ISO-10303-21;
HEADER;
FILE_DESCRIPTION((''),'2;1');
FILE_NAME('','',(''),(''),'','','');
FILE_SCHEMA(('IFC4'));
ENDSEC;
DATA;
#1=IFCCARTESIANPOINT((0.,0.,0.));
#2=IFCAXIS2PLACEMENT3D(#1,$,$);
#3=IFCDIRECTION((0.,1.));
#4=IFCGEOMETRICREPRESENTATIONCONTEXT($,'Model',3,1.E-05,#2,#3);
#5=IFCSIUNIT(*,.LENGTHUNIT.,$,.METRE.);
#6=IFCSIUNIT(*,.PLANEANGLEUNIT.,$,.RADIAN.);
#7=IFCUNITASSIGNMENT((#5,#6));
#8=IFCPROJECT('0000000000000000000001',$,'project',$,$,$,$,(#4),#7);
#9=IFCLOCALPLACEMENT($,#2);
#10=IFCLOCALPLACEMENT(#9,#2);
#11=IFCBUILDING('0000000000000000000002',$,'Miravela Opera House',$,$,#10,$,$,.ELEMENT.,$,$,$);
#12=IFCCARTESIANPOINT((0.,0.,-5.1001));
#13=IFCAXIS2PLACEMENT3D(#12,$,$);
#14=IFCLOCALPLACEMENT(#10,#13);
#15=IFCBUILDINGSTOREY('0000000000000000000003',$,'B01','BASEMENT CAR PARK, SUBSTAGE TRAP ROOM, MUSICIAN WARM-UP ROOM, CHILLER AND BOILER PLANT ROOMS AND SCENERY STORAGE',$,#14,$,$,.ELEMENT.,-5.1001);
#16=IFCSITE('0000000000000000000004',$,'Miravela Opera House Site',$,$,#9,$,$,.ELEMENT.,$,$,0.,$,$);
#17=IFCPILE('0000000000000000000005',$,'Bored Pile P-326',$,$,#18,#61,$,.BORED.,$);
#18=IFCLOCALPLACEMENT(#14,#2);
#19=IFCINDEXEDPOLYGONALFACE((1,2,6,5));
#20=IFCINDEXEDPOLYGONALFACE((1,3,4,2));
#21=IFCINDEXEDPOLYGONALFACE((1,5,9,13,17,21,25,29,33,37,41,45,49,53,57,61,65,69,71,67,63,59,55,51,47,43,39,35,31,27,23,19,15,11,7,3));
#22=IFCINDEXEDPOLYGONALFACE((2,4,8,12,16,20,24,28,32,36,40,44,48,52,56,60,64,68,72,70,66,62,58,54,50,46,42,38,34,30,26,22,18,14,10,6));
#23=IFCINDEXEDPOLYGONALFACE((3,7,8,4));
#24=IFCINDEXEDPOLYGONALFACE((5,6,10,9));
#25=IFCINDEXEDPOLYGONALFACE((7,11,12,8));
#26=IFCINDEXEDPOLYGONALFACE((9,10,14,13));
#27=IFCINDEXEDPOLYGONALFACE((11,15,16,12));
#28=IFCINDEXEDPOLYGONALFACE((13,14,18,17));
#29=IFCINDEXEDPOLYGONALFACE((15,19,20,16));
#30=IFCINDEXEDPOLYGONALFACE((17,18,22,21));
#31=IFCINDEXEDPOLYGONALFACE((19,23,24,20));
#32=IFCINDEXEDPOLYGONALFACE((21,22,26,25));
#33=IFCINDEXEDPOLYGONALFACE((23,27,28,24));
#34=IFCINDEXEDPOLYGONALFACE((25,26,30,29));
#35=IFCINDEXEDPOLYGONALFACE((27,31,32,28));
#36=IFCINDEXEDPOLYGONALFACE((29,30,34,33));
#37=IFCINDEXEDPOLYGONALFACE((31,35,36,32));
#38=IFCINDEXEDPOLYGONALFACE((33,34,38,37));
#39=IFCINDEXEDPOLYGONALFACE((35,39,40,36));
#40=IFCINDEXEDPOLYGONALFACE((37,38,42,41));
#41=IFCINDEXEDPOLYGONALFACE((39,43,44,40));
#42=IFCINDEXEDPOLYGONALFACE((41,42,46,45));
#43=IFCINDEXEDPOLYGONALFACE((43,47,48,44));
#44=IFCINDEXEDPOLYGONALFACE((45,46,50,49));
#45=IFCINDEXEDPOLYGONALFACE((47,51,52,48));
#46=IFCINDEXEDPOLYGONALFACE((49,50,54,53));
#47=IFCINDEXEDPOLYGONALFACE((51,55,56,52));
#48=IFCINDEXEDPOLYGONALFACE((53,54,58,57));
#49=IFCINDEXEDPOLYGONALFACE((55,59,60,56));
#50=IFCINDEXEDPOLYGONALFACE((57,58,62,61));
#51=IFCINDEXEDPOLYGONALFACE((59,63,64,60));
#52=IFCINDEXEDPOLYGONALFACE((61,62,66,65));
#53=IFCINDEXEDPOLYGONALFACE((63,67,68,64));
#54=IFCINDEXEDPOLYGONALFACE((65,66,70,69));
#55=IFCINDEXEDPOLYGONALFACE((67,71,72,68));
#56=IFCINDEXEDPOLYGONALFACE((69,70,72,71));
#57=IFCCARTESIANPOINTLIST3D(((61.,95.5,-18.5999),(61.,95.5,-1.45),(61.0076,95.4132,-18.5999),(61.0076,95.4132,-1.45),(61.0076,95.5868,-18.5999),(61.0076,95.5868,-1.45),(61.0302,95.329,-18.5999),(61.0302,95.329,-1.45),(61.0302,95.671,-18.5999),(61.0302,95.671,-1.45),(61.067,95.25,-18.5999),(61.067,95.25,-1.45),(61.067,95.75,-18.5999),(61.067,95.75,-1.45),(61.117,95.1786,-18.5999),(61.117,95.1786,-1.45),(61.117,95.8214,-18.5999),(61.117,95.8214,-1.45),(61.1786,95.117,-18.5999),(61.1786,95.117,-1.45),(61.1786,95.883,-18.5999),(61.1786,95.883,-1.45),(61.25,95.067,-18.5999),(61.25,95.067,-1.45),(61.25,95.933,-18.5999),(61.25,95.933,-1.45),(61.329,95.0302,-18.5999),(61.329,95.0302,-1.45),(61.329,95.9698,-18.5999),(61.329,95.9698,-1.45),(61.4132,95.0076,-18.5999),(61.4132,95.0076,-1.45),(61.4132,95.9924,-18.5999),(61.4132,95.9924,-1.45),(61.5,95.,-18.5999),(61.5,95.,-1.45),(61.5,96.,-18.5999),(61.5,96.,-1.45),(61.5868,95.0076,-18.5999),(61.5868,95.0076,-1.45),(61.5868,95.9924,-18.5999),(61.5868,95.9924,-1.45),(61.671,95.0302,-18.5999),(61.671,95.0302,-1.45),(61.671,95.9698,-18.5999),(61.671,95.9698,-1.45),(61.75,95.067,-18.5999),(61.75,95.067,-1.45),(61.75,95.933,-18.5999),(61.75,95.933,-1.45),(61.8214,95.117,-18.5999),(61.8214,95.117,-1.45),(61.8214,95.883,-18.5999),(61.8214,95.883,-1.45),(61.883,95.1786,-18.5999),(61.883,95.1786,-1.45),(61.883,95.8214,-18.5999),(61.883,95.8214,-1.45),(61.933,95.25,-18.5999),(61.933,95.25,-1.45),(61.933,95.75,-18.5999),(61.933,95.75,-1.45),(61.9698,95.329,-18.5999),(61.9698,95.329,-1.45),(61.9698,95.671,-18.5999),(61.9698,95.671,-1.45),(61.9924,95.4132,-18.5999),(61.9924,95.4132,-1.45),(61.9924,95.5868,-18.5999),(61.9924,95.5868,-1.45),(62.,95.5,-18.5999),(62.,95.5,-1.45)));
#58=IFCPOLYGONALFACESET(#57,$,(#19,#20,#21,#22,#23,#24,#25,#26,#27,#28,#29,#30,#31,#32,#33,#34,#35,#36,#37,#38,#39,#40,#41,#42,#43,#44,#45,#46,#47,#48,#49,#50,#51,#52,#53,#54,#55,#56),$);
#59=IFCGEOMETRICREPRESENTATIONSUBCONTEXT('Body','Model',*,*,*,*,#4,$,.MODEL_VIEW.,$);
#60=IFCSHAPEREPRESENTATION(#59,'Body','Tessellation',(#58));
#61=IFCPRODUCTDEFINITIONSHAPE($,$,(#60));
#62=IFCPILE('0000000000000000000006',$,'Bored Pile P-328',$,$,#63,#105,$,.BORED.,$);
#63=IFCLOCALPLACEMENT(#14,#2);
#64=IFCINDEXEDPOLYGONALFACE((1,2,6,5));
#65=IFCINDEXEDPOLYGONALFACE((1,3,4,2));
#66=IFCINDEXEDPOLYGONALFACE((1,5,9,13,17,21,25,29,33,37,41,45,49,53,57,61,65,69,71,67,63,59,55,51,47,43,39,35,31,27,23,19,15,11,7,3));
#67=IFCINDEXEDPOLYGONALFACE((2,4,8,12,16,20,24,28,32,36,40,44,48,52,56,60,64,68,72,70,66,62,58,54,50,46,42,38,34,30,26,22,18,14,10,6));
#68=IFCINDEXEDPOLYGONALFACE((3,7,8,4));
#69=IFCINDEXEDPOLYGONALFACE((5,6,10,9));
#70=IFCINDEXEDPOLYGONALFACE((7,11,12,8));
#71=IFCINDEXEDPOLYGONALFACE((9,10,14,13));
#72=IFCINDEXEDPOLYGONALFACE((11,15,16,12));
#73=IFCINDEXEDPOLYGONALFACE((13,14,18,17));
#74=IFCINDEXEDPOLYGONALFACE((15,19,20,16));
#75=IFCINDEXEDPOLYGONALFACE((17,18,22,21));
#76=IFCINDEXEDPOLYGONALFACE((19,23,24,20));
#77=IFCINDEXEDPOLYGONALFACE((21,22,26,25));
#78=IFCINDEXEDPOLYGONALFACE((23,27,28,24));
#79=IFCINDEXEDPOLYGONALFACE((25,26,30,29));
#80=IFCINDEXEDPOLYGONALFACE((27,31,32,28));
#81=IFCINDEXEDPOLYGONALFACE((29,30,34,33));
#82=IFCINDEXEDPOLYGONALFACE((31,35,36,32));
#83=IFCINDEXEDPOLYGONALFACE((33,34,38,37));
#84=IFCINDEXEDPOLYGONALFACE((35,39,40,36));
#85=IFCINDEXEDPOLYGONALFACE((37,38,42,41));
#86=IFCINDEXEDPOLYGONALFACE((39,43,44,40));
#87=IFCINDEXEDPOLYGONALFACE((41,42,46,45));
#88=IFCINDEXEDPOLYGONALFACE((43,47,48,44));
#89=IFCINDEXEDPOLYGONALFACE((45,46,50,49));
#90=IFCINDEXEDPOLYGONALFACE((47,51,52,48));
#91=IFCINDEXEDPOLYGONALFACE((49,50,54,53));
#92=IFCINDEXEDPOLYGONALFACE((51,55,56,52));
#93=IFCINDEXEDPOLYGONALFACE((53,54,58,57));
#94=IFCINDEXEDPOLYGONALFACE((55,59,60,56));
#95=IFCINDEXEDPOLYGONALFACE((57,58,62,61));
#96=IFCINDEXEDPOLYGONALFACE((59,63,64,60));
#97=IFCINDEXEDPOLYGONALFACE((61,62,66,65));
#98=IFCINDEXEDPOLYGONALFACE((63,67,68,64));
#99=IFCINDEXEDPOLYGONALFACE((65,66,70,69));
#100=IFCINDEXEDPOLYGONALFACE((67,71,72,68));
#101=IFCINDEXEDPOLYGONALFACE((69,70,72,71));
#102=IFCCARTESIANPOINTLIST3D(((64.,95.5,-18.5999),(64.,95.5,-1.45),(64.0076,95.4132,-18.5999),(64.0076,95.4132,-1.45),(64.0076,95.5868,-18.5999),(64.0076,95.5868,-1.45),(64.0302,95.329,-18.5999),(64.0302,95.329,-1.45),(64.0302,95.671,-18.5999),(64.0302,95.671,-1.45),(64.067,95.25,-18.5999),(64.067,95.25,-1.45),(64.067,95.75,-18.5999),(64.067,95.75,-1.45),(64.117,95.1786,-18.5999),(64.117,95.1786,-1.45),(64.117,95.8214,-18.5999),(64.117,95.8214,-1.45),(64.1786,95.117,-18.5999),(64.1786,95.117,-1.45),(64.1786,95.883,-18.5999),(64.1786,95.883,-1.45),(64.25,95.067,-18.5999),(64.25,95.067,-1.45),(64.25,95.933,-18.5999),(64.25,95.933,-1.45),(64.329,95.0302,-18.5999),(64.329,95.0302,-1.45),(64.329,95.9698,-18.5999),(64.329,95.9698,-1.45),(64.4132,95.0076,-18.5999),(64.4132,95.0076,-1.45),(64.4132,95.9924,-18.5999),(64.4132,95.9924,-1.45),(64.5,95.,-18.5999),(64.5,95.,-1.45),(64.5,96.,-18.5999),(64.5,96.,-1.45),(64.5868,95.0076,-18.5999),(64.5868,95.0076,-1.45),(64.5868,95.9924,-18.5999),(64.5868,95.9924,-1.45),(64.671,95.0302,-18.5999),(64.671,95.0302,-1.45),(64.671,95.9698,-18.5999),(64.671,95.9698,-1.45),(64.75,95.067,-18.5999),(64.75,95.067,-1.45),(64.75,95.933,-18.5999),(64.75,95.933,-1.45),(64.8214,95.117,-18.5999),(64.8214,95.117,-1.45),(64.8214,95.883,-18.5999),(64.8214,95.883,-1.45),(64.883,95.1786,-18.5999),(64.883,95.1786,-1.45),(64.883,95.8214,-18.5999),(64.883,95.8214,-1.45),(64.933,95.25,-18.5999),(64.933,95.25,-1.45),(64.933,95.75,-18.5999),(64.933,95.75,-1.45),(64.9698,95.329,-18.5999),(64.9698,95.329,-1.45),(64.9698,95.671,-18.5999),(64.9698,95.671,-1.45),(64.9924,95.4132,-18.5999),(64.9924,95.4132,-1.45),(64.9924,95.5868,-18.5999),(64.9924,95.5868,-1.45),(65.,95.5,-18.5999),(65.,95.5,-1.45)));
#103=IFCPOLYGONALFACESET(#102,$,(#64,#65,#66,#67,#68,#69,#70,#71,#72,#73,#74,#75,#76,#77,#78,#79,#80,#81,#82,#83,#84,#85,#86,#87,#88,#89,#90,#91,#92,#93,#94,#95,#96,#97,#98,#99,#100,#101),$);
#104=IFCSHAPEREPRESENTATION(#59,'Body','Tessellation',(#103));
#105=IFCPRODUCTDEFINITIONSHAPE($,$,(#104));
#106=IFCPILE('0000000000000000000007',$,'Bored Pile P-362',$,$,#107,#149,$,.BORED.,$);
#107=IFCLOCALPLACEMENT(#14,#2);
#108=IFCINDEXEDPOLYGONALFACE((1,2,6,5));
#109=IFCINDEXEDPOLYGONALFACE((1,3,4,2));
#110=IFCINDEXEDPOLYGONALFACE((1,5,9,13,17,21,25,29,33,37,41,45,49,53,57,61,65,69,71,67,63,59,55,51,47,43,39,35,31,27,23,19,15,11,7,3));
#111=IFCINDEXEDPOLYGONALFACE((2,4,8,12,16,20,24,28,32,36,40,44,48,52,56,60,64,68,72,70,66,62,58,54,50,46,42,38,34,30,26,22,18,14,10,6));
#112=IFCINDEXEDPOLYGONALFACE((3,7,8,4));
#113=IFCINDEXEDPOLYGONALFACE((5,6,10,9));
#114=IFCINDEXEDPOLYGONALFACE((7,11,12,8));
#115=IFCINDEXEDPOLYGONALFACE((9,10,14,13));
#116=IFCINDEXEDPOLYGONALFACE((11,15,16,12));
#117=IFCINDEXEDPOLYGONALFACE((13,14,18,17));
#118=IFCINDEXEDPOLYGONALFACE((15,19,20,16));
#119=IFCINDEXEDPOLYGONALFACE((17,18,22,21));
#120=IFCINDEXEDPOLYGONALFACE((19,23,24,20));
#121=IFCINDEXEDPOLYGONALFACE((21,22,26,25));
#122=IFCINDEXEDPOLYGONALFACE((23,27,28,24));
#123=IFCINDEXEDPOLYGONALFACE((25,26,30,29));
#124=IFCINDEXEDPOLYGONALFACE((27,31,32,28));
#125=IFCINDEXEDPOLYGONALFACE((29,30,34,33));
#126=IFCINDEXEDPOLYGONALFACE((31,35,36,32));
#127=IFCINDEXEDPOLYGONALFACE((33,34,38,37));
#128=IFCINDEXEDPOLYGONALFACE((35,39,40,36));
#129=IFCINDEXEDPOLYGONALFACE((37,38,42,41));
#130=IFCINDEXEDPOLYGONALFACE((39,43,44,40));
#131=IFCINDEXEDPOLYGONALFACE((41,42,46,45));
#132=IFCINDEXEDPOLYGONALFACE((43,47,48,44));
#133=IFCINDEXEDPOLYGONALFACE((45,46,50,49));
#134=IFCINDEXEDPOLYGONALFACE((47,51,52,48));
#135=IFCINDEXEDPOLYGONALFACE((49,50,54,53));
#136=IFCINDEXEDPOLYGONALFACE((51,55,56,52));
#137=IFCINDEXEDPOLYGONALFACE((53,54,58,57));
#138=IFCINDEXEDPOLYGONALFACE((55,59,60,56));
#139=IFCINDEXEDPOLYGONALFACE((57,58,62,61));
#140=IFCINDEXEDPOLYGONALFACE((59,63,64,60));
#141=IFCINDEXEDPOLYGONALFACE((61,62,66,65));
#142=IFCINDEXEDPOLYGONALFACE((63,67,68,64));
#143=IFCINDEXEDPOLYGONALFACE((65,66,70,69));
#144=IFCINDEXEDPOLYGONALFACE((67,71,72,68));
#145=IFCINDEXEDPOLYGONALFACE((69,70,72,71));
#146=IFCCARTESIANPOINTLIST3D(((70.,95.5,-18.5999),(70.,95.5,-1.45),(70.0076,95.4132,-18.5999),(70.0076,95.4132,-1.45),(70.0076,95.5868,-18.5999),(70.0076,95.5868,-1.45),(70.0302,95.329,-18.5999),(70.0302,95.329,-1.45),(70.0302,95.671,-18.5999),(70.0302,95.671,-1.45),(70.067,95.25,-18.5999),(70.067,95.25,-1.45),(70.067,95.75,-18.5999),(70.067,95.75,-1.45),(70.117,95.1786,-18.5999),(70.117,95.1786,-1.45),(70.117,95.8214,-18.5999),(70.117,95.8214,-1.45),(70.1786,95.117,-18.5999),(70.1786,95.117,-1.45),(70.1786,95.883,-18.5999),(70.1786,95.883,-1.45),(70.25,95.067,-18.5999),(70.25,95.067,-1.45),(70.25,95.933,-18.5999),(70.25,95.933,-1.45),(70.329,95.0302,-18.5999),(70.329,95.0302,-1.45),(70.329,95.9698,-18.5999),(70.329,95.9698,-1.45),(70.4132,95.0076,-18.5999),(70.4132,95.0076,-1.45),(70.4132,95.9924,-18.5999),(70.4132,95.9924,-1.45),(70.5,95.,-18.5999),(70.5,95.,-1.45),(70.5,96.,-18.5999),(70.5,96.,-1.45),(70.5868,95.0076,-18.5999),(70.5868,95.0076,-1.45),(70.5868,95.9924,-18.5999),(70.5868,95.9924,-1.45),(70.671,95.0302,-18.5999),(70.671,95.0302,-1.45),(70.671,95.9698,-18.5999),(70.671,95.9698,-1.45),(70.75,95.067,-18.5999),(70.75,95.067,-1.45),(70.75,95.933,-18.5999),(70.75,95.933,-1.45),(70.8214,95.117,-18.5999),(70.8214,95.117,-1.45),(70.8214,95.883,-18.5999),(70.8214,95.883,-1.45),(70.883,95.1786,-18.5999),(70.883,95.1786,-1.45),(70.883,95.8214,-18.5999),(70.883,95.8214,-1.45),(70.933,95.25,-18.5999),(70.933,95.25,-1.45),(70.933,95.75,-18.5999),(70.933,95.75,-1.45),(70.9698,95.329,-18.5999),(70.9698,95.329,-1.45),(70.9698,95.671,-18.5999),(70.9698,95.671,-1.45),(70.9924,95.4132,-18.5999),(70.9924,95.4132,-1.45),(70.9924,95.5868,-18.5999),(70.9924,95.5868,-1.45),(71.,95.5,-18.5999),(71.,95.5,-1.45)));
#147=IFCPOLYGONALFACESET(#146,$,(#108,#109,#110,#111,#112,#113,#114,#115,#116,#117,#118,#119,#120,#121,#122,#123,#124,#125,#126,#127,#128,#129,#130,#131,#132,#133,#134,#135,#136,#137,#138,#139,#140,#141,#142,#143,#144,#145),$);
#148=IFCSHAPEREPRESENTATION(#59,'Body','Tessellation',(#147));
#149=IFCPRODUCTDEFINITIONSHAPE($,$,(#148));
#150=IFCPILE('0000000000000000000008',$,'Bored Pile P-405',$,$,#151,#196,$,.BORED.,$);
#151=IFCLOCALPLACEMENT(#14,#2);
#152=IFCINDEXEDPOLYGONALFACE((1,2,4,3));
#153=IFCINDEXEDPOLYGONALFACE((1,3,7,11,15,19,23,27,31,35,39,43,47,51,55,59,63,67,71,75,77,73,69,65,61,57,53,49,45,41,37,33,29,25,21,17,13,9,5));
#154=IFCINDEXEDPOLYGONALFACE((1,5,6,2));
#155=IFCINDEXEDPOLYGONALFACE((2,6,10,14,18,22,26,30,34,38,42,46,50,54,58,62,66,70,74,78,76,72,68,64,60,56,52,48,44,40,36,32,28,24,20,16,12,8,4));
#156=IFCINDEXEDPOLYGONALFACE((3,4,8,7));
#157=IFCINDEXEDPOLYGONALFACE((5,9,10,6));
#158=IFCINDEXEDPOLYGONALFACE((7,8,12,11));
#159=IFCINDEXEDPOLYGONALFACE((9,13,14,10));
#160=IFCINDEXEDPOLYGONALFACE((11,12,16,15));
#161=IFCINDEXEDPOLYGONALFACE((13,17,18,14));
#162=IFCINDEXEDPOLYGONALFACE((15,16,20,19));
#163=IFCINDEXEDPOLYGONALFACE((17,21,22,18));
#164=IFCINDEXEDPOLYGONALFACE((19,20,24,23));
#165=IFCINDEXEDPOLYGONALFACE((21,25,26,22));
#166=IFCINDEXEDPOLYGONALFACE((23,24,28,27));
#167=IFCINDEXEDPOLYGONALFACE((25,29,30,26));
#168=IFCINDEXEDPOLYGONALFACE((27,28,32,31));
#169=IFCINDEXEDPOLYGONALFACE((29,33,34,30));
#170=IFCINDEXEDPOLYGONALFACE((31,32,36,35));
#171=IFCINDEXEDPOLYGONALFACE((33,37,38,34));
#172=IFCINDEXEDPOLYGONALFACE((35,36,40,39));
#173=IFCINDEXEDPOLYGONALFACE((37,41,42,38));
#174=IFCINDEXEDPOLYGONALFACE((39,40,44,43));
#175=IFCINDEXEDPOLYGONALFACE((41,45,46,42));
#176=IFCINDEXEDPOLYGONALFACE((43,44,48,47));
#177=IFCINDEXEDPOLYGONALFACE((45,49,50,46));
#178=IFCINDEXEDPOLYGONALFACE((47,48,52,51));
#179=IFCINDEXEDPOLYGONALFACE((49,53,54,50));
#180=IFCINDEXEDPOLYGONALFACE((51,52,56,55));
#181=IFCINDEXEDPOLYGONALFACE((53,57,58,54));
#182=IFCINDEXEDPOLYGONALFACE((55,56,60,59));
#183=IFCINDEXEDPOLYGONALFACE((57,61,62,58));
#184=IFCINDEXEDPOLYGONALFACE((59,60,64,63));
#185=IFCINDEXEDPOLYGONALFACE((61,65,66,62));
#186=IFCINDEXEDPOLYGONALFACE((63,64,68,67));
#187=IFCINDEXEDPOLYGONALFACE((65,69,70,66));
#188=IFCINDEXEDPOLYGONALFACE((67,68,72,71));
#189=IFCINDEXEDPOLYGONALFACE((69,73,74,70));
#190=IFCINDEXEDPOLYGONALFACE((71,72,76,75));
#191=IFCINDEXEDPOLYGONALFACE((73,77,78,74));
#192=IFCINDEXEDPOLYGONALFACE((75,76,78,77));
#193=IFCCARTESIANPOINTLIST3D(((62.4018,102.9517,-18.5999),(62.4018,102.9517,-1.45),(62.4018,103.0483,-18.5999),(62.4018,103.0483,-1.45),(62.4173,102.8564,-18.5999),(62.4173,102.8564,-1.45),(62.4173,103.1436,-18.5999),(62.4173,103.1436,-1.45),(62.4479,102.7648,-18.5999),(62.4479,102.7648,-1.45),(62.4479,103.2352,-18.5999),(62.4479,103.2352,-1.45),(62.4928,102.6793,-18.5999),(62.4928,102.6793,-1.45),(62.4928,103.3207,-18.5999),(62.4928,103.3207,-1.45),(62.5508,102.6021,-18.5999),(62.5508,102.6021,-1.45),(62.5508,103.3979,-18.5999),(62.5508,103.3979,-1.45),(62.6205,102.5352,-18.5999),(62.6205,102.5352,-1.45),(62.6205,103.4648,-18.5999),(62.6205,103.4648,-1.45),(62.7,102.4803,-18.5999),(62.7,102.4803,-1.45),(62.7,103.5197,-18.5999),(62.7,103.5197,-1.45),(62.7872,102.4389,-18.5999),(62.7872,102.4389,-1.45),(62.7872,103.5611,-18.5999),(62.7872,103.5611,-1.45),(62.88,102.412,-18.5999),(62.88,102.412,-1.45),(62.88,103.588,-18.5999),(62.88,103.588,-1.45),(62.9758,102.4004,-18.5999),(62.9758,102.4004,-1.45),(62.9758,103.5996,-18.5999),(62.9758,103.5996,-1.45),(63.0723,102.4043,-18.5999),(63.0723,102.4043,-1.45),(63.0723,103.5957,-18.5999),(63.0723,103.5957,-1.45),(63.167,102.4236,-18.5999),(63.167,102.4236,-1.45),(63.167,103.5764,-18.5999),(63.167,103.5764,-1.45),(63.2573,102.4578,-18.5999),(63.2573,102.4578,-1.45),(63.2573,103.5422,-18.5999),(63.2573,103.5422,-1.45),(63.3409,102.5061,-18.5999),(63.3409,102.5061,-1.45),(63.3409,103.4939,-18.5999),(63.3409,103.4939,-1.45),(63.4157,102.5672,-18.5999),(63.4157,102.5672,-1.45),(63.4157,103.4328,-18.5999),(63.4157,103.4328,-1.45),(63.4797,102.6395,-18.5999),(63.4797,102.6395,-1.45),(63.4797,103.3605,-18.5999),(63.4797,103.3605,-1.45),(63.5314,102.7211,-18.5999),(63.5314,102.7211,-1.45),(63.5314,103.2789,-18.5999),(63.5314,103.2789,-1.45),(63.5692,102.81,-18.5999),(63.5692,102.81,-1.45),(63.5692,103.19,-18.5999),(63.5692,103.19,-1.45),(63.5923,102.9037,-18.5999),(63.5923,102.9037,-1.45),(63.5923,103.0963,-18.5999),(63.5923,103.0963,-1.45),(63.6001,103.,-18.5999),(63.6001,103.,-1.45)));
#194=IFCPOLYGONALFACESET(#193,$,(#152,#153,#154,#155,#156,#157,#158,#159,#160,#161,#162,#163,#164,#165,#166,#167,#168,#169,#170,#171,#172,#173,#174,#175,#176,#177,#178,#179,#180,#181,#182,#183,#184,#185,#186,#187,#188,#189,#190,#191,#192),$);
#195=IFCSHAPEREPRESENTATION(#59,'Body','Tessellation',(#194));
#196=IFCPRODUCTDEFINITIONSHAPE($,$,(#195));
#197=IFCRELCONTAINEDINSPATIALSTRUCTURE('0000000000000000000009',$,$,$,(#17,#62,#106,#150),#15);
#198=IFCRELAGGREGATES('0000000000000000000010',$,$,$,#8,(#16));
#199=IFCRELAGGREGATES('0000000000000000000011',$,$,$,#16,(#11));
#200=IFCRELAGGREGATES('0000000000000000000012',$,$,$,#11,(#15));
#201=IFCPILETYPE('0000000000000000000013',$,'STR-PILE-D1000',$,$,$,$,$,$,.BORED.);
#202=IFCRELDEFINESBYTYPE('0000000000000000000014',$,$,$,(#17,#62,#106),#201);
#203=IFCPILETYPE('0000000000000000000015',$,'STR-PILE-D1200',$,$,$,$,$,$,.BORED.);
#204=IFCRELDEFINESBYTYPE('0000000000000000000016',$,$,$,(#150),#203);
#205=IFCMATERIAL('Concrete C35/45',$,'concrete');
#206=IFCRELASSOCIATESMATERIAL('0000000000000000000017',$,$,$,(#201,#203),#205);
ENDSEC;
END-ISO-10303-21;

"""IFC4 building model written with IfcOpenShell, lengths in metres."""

from ifc_helpers import new_model, si_unit, direction, frame, origin, origin_2d, place, context, subcontext, project, spatial, circle, extrude, material, material_profile, profile_set, type_object, element, save


model = new_model("IFC4")

# Units and contexts
model_context = context("Model", 3, precision=1e-05, world=origin(), true_north=direction((0.0, 1.0)))
body_context = subcontext(model_context, "Body", "Model", "MODEL_VIEW")
ifc_project = project(units=[si_unit("LENGTHUNIT", "METRE"), si_unit("PLANEANGLEUNIT", "RADIAN")], contexts=[model_context])

# Site, building, storey
site_placement = place(None, origin())
site = spatial("IfcSite", under=ifc_project, at=site_placement, Name="Miravela Opera House Site", CompositionType="ELEMENT", RefElevation=0.0)
building_placement = place(site_placement, origin())
building = spatial("IfcBuilding", under=site, at=building_placement, Name="Miravela Opera House", CompositionType="ELEMENT")
storey_placement = place(building_placement, frame((0.0, 0.0, -5.1001)))
storey = spatial("IfcBuildingStorey", under=building, at=storey_placement, Name="B01", Description="BASEMENT CAR PARK, SUBSTAGE TRAP ROOM, MUSICIAN WARM-UP ROOM, CHILLER AND BOILER PLANT ROOMS AND SCENERY STORAGE", CompositionType="ELEMENT", Elevation=-5.1001)

# Piles
ifc_material_1 = material(Name="Concrete C35/45", Category="concrete")
ifc_material_profile_1 = material_profile(ifc_material_1, circle(Radius=0.5, at=origin_2d()), Name="PILE-D1000")
ifc_profile_set_1 = profile_set([ifc_material_profile_1])
pile_type_1 = type_object("IfcPileType", Name="STR-PILE-D1000", PredefinedType="BORED", material=ifc_profile_set_1)
for number, where, z_axis, x_axis, name in (
    (1, (61.5, 95.5, -1.45), (0.0, 0.0, -1.0), (1.0, 0.0, 0.0), "Bored Pile P-326"),
    (2, (64.5, 95.5, -1.45), (0.0, 0.0, -1.0), (1.0, 0.0, 0.0), "Bored Pile P-328"),
    (3, (70.5, 95.5, -1.45), (0.0, 0.0, -1.0), (1.0, 0.0, 0.0), "Bored Pile P-362"),
):
    element("IfcPile", number, at=place(storey_placement, frame(where, z_axis=z_axis, x_axis=x_axis)), inside=storey, type_object=pile_type_1, Name=name, PredefinedType="BORED", context=body_context, shape_type="SweptSolid", body=[
        extrude(circle(Radius=0.5, at=origin_2d()), origin(), (0.0, 0.0, 1.0), 17.1499),
    ])
ifc_material_profile_2 = material_profile(ifc_material_1, circle(Radius=0.6001, at=origin_2d()), Name="PILE-D1200")
ifc_profile_set_2 = profile_set([ifc_material_profile_2])
pile_type_2 = type_object("IfcPileType", Name="STR-PILE-D1200", PredefinedType="BORED", material=ifc_profile_set_2)
for number, where, z_axis, x_axis, name in (
    (4, (63.0, 103.0, -1.45), (0.0, 0.0, -1.0), (1.0, 0.0, 0.0), "Bored Pile P-405"),
):
    element("IfcPile", number, at=place(storey_placement, frame(where, z_axis=z_axis, x_axis=x_axis)), inside=storey, type_object=pile_type_2, Name=name, PredefinedType="BORED", context=body_context, shape_type="SweptSolid", body=[
        extrude(circle(Radius=0.6001, at=origin_2d()), origin(), (0.0, 0.0, 1.0), 17.1499),
    ])

save(model, "model.ifc")
